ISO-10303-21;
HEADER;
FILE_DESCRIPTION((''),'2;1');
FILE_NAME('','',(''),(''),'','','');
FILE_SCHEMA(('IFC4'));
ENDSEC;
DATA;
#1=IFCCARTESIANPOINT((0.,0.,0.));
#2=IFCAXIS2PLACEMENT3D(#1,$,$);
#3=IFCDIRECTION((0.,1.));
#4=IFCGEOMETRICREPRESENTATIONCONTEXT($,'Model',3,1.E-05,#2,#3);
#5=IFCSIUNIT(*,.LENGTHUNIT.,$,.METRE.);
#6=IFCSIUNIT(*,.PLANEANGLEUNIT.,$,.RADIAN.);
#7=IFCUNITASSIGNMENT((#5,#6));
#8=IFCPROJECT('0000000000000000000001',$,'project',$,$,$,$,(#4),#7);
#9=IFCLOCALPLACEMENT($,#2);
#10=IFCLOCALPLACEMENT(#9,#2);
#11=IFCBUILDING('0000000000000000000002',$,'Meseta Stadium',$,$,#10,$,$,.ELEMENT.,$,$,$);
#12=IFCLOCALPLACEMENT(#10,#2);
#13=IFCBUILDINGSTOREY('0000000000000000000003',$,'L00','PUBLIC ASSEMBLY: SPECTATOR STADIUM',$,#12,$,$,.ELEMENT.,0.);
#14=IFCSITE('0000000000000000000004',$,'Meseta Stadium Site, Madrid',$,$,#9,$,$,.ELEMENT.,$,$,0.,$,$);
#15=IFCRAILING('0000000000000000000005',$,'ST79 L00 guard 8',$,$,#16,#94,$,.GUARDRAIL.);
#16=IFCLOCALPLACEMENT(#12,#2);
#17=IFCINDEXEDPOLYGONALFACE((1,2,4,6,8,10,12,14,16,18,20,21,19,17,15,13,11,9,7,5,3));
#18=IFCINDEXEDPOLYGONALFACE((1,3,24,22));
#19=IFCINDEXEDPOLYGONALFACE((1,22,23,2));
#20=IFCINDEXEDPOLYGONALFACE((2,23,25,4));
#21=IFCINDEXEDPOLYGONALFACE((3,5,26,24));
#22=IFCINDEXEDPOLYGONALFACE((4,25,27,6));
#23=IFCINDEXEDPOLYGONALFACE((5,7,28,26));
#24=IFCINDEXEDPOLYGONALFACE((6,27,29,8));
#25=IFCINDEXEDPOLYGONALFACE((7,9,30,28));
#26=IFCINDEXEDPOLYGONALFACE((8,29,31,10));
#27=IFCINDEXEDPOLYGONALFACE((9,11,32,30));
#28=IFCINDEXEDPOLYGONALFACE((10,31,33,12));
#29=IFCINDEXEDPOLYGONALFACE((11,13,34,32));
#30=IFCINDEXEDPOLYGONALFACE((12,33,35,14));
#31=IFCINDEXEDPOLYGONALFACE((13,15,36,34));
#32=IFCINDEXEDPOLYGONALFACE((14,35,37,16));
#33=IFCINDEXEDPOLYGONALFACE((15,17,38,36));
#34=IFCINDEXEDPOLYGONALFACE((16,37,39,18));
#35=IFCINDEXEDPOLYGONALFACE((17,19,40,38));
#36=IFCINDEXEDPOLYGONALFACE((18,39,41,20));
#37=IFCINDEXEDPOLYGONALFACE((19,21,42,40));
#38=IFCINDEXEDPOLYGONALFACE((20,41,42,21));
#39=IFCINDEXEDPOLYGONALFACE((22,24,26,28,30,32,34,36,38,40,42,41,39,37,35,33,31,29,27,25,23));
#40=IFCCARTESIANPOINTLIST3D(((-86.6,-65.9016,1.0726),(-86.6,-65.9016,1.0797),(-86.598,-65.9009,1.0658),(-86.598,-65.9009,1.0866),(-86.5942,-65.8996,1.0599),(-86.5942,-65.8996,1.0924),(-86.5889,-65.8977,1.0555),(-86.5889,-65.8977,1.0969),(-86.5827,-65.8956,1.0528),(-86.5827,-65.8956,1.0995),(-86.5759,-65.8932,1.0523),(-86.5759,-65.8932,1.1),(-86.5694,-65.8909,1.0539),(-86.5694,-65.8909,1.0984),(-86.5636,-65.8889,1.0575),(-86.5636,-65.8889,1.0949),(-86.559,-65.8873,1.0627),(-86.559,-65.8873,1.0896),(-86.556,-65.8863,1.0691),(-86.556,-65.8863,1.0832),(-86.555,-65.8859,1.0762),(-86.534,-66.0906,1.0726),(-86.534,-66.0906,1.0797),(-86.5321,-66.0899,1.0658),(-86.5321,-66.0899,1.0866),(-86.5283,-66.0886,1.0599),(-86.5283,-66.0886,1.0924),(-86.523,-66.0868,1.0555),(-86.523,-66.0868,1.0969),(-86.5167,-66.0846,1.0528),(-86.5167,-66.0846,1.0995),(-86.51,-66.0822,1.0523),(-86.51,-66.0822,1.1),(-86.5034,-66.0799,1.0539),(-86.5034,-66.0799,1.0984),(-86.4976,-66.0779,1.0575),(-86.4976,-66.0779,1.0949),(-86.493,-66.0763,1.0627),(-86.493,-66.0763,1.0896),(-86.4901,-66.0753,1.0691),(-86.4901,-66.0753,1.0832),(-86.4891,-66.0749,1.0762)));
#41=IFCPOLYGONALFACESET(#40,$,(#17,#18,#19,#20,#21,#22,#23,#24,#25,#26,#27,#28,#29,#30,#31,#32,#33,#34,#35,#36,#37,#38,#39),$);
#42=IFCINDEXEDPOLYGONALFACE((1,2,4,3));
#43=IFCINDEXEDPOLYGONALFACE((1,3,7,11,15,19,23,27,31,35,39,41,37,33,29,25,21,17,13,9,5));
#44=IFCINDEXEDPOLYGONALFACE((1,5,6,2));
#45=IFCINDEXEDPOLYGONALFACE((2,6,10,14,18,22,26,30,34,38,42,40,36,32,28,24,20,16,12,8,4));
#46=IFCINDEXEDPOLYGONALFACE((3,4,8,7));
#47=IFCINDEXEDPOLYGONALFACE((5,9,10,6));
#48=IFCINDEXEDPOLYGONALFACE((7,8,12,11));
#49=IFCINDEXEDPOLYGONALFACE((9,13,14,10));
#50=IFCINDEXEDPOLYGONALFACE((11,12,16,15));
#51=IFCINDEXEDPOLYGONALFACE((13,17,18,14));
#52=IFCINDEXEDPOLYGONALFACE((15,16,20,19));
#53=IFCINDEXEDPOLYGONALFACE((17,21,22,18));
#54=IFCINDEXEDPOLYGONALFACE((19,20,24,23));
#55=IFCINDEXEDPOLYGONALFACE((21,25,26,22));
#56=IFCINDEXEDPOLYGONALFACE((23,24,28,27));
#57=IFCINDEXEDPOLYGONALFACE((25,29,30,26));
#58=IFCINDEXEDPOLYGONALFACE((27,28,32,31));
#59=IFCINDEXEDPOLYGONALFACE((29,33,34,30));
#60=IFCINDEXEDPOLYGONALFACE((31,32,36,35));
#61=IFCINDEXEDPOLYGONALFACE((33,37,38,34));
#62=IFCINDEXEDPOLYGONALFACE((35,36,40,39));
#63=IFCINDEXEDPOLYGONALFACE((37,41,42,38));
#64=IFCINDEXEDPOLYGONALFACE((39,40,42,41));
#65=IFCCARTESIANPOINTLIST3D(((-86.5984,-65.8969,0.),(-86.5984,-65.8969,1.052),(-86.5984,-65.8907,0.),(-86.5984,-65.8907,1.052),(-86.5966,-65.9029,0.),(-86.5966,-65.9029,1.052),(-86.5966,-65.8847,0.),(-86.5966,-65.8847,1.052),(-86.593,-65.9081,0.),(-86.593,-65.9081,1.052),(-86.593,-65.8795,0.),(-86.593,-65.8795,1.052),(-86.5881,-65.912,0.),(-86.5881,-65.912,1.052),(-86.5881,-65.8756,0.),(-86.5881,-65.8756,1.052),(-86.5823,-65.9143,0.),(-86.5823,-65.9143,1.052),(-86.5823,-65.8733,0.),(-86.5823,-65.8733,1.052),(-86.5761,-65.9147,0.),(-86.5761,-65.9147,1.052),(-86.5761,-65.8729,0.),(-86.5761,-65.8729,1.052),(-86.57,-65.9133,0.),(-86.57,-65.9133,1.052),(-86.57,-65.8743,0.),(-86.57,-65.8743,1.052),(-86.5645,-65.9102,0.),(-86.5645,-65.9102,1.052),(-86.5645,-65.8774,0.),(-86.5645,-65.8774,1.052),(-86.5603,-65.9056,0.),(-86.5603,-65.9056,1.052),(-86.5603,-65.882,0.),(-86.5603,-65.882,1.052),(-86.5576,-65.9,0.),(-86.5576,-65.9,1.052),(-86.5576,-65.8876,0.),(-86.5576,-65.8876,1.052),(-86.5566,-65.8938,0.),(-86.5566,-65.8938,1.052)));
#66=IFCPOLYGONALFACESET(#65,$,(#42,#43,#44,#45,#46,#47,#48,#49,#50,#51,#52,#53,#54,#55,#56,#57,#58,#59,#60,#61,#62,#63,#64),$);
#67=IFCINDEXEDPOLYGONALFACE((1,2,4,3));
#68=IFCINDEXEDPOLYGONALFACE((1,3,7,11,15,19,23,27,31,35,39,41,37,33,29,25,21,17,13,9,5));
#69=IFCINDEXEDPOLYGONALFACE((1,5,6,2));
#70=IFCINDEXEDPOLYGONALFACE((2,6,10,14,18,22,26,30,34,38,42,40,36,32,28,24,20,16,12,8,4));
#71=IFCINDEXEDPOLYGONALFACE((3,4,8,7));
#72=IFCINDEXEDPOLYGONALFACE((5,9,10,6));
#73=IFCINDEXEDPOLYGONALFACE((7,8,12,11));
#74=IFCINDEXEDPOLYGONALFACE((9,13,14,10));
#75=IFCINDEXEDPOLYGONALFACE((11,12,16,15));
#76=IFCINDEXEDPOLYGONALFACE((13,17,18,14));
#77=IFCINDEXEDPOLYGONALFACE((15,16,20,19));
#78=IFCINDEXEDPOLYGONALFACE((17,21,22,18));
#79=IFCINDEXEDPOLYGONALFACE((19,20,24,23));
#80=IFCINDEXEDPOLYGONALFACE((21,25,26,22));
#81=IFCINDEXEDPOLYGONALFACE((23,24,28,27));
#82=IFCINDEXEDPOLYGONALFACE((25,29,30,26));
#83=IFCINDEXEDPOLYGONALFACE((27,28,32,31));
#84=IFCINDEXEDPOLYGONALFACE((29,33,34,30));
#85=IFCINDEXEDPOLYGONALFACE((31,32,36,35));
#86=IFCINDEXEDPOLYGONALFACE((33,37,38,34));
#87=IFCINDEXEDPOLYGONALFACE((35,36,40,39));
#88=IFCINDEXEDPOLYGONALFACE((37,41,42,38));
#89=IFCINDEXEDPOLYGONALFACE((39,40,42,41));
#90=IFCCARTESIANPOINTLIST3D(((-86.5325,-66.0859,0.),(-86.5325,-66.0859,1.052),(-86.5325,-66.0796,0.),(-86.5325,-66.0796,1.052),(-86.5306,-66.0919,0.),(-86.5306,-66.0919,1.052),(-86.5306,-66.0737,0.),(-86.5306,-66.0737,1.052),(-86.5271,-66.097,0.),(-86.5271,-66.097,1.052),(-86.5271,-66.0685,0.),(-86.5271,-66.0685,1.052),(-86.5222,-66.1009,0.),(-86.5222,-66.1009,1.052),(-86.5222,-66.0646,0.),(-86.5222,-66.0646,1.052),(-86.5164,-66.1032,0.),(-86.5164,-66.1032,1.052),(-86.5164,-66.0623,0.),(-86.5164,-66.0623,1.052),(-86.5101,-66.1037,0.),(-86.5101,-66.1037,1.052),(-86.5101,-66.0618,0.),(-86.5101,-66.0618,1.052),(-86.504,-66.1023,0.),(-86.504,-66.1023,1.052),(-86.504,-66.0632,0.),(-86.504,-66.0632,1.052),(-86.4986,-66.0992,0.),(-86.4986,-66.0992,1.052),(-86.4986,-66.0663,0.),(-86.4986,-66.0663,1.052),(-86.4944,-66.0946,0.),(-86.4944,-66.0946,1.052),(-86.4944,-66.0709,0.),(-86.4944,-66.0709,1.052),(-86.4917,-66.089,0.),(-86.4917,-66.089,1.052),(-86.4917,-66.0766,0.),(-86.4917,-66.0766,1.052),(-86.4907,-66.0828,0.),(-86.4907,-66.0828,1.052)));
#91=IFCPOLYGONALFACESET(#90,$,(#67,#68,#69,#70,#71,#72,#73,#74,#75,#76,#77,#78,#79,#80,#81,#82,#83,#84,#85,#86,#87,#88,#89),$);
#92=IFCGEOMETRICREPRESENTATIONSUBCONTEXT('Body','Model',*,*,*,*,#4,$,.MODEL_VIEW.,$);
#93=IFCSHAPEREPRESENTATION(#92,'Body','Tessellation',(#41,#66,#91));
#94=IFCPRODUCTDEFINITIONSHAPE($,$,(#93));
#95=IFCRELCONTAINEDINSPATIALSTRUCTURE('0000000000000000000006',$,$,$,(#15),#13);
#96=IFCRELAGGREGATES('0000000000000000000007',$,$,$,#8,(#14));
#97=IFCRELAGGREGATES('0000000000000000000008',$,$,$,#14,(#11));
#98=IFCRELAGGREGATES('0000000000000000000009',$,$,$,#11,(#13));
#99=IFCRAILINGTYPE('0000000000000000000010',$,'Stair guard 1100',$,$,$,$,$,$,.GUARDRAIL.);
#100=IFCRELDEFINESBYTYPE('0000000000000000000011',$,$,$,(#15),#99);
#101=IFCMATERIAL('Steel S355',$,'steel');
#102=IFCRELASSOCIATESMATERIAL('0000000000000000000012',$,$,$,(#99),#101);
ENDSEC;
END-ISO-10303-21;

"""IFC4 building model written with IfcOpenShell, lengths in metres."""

from ifc_helpers import new_model, si_unit, direction, frame, origin, origin_2d, place, context, subcontext, project, spatial, circle, extrude, material, type_object, element, save


model = new_model("IFC4")

# Units and contexts
model_context = context("Model", 3, precision=1e-05, world=origin(), true_north=direction((0.0, 1.0)))
body_context = subcontext(model_context, "Body", "Model", "MODEL_VIEW")
ifc_project = project(units=[si_unit("LENGTHUNIT", "METRE"), si_unit("PLANEANGLEUNIT", "RADIAN")], contexts=[model_context])

# Site, building, storey
site_placement = place(None, origin())
site = spatial("IfcSite", under=ifc_project, at=site_placement, Name="Meseta Stadium Site, Madrid", CompositionType="ELEMENT", RefElevation=0.0)
building_placement = place(site_placement, origin())
building = spatial("IfcBuilding", under=site, at=building_placement, Name="Meseta Stadium", CompositionType="ELEMENT")
storey_placement = place(building_placement, origin())
storey = spatial("IfcBuildingStorey", under=building, at=storey_placement, Name="L00", Description="PUBLIC ASSEMBLY: SPECTATOR STADIUM", CompositionType="ELEMENT", Elevation=0.0)

# Railing
ifc_material_1 = material(Name="Steel S355", Category="steel")
railing_type_1 = type_object("IfcRailingType", Name="Stair guard 1100", PredefinedType="GUARDRAIL", material=ifc_material_1)
railing_1_placement = place(storey_placement, frame((-86.5776, -65.8938, 0.0)))
element("IfcRailing", 1, at=railing_1_placement, inside=storey, type_object=railing_type_1, Name="ST79 L00 guard 8", PredefinedType="GUARDRAIL", context=body_context, shape_type="SweptSolid", body=[
    extrude(circle(Radius=0.0239, at=origin_2d()), frame((0.0, 0.0, 1.0762), z_axis=(0.329372, -0.9442, 0.0), x_axis=(0.9442, 0.329372, 0.0)), (0.0, 0.0, 1.0), 0.2002),
    extrude(circle(Radius=0.021, at=origin_2d()), origin(), (0.0, 0.0, 1.0), 1.052),
    extrude(circle(Radius=0.021, at=origin_2d()), frame((0.0659, -0.189, 0.0)), (0.0, 0.0, 1.0), 1.052),
])

save(model, "model.ifc")
